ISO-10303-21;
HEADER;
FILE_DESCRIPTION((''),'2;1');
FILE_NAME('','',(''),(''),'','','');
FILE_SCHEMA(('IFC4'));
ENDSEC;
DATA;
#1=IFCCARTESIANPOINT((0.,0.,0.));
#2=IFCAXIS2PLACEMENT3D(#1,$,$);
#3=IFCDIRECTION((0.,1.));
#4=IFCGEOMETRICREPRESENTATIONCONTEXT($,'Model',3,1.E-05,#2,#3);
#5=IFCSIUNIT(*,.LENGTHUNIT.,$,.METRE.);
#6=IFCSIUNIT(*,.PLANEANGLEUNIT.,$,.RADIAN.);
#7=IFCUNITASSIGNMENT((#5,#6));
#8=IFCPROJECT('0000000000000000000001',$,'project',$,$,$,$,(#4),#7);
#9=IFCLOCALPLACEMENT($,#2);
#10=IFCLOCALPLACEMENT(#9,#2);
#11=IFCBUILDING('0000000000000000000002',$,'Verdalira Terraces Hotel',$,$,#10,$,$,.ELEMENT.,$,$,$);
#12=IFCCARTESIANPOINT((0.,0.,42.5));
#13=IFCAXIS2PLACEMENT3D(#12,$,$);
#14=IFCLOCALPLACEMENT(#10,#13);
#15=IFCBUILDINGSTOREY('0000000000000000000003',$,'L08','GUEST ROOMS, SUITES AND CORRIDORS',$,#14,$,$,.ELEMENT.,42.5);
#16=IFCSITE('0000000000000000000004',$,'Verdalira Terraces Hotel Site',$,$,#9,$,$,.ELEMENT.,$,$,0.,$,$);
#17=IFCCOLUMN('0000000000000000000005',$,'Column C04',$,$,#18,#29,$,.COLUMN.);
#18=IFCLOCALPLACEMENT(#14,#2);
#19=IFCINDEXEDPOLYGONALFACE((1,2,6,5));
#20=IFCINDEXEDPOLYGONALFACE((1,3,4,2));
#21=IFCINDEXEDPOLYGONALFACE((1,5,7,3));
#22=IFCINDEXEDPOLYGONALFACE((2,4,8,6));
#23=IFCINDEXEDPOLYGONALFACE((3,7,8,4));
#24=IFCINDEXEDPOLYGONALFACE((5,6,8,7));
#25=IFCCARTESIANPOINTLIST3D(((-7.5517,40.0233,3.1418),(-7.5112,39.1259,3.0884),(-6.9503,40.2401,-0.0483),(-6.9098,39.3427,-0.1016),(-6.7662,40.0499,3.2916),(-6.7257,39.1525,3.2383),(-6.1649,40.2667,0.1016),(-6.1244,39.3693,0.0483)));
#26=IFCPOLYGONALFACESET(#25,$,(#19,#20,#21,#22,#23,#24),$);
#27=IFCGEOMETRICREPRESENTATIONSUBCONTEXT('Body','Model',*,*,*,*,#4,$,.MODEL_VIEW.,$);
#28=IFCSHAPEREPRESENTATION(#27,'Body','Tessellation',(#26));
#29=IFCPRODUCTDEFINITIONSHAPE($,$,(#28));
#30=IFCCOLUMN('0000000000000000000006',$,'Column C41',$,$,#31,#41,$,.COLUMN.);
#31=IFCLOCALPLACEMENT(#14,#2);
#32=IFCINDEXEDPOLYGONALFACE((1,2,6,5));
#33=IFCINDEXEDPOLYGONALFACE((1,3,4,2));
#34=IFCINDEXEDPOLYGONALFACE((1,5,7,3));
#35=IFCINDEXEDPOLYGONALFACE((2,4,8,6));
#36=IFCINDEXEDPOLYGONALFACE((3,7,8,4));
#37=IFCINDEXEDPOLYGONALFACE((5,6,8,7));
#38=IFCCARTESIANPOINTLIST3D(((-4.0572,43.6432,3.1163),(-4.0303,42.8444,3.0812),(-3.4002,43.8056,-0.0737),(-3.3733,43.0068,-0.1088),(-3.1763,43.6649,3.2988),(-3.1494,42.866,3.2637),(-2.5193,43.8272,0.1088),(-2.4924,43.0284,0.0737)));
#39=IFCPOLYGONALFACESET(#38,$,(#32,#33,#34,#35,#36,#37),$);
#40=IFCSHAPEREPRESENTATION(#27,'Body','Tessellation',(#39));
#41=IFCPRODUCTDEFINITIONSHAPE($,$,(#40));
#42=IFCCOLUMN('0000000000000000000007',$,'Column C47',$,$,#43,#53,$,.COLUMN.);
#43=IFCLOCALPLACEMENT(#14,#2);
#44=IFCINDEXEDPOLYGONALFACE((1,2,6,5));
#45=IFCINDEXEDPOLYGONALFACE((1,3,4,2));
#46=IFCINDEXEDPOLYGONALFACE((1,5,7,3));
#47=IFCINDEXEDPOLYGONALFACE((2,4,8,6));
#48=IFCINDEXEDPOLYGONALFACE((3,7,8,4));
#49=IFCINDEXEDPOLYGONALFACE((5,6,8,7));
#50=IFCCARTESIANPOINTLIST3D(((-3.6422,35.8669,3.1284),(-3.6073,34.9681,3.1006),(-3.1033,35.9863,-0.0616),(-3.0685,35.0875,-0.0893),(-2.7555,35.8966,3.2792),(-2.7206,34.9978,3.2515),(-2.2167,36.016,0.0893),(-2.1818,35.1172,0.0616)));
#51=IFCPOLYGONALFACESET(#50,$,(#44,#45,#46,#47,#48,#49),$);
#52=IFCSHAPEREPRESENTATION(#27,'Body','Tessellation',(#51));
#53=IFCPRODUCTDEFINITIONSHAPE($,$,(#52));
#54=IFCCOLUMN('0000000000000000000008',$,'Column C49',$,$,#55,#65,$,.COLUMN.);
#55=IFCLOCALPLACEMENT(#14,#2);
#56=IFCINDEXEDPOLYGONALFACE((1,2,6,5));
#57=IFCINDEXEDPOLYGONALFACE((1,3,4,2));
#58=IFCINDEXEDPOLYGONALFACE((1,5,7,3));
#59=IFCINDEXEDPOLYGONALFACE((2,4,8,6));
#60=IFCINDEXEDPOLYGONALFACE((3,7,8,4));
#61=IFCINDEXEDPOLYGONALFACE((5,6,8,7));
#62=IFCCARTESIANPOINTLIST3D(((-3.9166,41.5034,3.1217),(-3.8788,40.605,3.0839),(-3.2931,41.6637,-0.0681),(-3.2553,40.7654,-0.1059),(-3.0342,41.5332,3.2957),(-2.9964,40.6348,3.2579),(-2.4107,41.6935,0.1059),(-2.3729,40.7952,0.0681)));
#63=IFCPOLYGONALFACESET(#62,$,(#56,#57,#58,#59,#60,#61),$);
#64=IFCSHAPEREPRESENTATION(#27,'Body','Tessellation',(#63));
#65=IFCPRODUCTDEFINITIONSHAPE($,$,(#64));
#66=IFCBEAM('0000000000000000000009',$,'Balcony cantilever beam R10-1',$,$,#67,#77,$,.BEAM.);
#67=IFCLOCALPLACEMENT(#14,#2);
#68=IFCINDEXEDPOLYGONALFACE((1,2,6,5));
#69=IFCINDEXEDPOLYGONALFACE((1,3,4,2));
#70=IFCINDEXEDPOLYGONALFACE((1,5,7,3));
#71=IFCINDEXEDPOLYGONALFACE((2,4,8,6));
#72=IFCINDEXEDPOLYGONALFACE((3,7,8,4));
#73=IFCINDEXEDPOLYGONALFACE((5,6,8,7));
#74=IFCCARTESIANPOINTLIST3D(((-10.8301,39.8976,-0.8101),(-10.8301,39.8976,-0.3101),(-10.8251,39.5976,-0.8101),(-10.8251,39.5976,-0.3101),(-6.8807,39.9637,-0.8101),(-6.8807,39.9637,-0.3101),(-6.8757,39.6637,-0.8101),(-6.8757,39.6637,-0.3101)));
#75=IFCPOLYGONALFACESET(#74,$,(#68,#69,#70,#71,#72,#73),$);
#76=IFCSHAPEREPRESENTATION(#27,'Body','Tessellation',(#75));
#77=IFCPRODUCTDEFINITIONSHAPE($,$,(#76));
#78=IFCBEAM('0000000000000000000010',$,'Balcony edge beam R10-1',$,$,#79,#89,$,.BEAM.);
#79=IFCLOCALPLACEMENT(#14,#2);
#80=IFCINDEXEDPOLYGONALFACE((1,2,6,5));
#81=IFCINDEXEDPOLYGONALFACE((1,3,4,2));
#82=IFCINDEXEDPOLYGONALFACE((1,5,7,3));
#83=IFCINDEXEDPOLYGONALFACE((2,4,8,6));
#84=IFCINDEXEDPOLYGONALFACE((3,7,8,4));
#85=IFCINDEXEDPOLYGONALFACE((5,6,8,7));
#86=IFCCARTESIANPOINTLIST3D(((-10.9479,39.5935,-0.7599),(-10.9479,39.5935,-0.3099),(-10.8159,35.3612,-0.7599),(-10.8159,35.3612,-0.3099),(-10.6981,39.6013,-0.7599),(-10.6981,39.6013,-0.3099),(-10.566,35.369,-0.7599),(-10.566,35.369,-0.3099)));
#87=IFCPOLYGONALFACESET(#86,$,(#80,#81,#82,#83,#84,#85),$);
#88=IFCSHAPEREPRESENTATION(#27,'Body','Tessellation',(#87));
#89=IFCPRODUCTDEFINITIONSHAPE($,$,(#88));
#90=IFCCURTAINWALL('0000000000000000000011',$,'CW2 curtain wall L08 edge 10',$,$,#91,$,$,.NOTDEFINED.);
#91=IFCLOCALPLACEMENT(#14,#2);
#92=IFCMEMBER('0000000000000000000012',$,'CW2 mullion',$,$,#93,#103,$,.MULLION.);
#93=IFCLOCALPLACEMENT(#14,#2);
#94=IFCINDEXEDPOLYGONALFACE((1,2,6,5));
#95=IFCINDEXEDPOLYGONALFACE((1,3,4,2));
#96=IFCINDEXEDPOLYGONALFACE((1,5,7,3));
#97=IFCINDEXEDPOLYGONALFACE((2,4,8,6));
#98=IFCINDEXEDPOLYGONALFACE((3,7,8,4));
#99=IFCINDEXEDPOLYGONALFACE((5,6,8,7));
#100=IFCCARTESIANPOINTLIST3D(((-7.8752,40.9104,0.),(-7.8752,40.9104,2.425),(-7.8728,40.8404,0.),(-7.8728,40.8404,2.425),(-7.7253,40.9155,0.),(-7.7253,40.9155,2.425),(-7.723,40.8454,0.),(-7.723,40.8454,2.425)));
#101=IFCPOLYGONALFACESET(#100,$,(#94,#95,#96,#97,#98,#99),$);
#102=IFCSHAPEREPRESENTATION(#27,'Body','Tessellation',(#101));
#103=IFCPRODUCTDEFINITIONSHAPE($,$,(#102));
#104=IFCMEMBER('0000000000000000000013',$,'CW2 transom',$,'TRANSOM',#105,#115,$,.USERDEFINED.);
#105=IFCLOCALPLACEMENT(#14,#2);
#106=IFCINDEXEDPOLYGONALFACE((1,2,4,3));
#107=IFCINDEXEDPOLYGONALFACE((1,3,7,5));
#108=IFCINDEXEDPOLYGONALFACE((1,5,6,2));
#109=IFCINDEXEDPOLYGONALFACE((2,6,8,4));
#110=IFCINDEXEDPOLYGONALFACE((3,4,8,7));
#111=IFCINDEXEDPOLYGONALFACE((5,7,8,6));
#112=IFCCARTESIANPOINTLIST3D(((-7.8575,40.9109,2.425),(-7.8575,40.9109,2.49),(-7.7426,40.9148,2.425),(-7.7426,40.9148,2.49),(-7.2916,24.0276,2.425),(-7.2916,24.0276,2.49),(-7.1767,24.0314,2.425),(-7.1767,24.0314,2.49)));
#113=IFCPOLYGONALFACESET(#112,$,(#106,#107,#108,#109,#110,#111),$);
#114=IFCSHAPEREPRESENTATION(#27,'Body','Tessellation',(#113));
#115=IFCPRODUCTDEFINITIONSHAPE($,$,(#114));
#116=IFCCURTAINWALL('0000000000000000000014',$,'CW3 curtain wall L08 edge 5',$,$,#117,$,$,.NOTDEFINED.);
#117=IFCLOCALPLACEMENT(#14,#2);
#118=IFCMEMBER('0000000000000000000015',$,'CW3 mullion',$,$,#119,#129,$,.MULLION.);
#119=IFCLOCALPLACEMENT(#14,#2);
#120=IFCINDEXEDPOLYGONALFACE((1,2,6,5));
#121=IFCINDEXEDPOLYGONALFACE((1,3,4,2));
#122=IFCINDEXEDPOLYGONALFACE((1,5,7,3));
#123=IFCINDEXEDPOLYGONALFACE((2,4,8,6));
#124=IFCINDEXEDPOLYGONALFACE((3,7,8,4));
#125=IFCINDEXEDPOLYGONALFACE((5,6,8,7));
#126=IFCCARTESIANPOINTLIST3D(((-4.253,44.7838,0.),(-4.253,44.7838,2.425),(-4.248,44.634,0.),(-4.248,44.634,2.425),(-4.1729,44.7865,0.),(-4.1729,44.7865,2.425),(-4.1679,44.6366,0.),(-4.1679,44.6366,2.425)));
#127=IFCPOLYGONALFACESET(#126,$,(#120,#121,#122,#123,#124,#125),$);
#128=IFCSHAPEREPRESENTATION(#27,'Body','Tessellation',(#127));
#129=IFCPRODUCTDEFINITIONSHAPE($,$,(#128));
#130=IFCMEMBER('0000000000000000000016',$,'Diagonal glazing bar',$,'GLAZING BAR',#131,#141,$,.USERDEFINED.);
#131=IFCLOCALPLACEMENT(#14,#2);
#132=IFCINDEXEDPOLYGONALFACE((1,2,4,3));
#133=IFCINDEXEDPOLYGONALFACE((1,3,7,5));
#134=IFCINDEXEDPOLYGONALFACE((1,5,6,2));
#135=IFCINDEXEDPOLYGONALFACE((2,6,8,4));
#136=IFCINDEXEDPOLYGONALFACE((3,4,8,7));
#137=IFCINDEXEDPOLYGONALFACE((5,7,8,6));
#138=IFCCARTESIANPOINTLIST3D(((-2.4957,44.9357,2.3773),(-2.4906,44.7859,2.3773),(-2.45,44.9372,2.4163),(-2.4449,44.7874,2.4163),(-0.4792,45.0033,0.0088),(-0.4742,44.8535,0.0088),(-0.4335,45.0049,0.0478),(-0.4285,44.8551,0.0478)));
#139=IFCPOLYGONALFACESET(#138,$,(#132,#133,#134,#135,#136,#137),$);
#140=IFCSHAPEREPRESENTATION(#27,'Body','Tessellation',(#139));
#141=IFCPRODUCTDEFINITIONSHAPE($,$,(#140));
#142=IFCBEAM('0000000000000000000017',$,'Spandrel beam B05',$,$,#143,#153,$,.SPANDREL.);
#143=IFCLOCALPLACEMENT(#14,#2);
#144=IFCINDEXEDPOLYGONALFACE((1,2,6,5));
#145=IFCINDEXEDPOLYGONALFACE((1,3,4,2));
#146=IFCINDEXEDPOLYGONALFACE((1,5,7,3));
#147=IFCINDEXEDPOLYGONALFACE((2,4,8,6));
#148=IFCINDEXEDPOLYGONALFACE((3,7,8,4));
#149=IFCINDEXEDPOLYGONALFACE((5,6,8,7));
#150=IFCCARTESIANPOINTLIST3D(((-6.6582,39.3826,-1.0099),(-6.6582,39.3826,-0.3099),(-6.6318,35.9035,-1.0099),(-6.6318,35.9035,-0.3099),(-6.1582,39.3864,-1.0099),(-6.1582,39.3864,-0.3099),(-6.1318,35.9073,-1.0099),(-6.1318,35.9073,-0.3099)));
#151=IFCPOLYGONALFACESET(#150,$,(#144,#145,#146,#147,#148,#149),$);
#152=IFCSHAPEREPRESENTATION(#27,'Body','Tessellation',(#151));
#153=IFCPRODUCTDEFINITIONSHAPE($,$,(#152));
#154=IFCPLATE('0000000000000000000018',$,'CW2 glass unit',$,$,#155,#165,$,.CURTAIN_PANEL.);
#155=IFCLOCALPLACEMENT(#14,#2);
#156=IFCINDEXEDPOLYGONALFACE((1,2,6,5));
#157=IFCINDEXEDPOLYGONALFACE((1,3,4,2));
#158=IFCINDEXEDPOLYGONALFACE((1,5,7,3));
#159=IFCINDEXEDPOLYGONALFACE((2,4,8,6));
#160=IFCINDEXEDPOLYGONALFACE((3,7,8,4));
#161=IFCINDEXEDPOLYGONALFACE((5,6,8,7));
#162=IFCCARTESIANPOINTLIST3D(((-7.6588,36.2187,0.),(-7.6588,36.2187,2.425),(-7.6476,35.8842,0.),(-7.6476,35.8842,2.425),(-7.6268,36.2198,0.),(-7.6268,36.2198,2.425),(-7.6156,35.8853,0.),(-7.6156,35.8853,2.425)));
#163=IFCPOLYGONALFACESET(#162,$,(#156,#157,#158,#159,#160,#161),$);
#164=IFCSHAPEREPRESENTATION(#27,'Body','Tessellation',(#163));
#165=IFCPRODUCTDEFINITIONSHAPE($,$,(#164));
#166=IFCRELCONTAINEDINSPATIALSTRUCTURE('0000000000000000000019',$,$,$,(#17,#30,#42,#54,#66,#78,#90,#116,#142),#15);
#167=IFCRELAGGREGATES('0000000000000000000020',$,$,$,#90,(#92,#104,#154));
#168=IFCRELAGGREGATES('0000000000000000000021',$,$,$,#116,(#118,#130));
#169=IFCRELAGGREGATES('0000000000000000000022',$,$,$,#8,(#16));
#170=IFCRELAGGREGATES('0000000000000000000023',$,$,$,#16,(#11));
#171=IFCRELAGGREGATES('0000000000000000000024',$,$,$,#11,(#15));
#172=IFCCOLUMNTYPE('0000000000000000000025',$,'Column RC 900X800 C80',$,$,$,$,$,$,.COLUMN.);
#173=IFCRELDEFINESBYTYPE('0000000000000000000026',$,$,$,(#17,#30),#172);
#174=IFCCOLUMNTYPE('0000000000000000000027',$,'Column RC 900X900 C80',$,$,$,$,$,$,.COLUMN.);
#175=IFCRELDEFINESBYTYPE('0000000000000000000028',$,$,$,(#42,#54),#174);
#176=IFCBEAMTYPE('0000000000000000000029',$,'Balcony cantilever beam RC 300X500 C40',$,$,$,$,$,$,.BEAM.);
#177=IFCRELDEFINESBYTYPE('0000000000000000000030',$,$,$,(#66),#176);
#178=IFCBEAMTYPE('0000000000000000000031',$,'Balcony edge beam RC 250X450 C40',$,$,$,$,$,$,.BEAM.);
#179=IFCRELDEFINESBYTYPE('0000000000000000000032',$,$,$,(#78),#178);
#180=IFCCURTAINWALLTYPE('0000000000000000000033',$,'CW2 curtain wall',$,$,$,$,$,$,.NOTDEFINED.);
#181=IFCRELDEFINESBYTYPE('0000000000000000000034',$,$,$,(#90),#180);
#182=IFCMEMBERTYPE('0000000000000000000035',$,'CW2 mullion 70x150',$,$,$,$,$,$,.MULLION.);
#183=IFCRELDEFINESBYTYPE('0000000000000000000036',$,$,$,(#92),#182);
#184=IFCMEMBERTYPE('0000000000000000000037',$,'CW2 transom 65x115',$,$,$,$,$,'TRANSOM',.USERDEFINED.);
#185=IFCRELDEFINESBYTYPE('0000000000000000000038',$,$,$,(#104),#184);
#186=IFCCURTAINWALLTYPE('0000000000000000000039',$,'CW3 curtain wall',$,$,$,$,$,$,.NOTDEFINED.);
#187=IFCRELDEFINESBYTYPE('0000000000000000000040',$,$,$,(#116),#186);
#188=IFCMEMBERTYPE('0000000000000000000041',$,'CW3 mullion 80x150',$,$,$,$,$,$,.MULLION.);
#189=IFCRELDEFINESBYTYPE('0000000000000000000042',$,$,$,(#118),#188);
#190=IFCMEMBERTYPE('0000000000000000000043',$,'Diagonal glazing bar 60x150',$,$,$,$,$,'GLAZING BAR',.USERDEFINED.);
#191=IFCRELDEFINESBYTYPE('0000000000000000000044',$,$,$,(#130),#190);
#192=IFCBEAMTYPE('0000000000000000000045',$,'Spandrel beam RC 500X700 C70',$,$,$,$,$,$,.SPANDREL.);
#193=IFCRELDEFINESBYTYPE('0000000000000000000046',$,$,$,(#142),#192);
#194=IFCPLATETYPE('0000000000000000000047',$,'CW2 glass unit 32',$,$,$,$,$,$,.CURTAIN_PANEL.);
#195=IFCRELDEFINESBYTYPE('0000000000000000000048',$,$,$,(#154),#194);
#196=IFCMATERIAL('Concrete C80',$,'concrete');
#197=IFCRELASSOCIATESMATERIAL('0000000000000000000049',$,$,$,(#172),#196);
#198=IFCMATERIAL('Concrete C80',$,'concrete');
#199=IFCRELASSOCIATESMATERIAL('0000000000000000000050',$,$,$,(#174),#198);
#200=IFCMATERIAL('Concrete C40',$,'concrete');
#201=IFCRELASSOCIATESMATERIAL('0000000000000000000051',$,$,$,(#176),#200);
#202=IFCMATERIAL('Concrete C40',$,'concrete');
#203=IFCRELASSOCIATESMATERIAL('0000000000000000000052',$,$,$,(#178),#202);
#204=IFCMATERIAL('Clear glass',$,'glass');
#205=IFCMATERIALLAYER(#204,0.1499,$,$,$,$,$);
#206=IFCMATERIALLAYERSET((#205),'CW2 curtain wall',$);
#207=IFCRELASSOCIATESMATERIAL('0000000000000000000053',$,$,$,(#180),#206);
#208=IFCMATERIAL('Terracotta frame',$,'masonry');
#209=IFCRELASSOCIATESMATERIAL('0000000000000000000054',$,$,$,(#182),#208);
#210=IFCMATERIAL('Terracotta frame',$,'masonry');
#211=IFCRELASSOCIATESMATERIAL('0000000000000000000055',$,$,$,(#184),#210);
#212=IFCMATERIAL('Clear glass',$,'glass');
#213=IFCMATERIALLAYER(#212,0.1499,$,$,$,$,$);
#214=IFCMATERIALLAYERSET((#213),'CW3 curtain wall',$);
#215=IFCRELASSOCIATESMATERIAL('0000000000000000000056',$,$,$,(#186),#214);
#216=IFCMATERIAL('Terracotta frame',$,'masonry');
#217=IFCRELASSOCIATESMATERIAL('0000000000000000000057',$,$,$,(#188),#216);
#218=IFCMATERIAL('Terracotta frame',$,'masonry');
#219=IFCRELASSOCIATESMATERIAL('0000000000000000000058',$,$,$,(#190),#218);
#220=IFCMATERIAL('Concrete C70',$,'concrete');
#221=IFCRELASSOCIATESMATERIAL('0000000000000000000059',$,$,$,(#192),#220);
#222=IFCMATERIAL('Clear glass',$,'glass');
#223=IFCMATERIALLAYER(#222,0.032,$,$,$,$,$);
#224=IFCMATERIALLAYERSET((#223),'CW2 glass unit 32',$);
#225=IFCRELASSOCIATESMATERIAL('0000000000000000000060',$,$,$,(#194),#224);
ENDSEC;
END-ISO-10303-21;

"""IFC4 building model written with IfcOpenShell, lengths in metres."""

from ifc_helpers import new_model, si_unit, direction, frame, origin, origin_2d, place, context, subcontext, project, spatial, rectangle, extrude, material, layer, layer_set, material_profile, profile_set, type_object, element, aggregate, save


model = new_model("IFC4")

# Units and contexts
model_context = context("Model", 3, precision=1e-05, world=origin(), true_north=direction((0.0, 1.0)))
body_context = subcontext(model_context, "Body", "Model", "MODEL_VIEW")
ifc_project = project(units=[si_unit("LENGTHUNIT", "METRE"), si_unit("PLANEANGLEUNIT", "RADIAN")], contexts=[model_context])

# Site, building, storey
site_placement = place(None, origin())
site = spatial("IfcSite", under=ifc_project, at=site_placement, Name="Verdalira Terraces Hotel Site", CompositionType="ELEMENT", RefElevation=0.0)
building_placement = place(site_placement, origin())
building = spatial("IfcBuilding", under=site, at=building_placement, Name="Verdalira Terraces Hotel", CompositionType="ELEMENT")
storey_placement = place(building_placement, frame((0.0, 0.0, 42.5)))
storey = spatial("IfcBuildingStorey", under=building, at=storey_placement, Name="L08", Description="GUEST ROOMS, SUITES AND CORRIDORS", CompositionType="ELEMENT", Elevation=42.5)

# Columns
ifc_material_1 = material(Name="Concrete C80", Category="concrete")
ifc_material_profile_1 = material_profile(ifc_material_1, rectangle(XDim=0.8999, YDim=0.8, at=origin_2d()), Name="RC 900X800")
ifc_profile_set_1 = profile_set([ifc_material_profile_1], Name="Concrete C80")
column_type_1 = type_object("IfcColumnType", Name="Column RC 900X800 C80", PredefinedType="COLUMN", material=ifc_profile_set_1)
column_1_placement = place(storey_placement, frame((-6.5374, 39.8047, 0.0), z_axis=(-0.18483, -0.066638, 0.980509), x_axis=(0.045003, -0.997226, -0.059291)))
element("IfcColumn", 1, at=column_1_placement, inside=storey, type_object=column_type_1, Name="Column C04", PredefinedType="COLUMN", context=body_context, shape_type="SweptSolid", body=[
    extrude(rectangle(XDim=0.8999, YDim=0.8, at=origin_2d()), origin(), (0.0, 0.0, 1.0), 3.2534),
])
column_2_placement = place(storey_placement, frame((-2.9463, 43.417, 0.0), z_axis=(-0.20147, -0.049787, 0.978228), x_axis=(-0.978918, -0.024026, -0.202835)))
element("IfcColumn", 2, at=column_2_placement, inside=storey, type_object=column_type_1, Name="Column C41", PredefinedType="COLUMN", context=body_context, shape_type="SweptSolid", body=[
    extrude(rectangle(XDim=0.8999, YDim=0.8, at=origin_2d()), origin(), (0.0, 0.0, 1.0), 3.261),
])
ifc_material_2 = material(Name="Concrete C80", Category="concrete")
ifc_material_profile_2 = material_profile(ifc_material_2, rectangle(XDim=0.8999, YDim=0.8999, at=origin_2d()), Name="RC 900X900")
ifc_profile_set_2 = profile_set([ifc_material_profile_2], Name="Concrete C80")
column_type_2 = type_object("IfcColumnType", Name="Column RC 900X900 C80", PredefinedType="COLUMN", material=ifc_profile_set_2)
column_3_placement = place(storey_placement, frame((-2.6426, 35.5518, 0.0), z_axis=(-0.166439, -0.036878, 0.985362), x_axis=(-0.038728, 0.998774, 0.030838)))
element("IfcColumn", 3, at=column_3_placement, inside=storey, type_object=column_type_2, Name="Column C47", PredefinedType="COLUMN", context=body_context, shape_type="SweptSolid", body=[
    extrude(rectangle(XDim=0.8999, YDim=0.8999, at=origin_2d()), origin(), (0.0, 0.0, 1.0), 3.2373),
])
column_4_placement = place(storey_placement, frame((-2.833, 41.2295, 0.0), z_axis=(-0.191605, -0.049289, 0.980234), x_axis=(-0.041988, 0.998235, 0.041987)))
element("IfcColumn", 4, at=column_4_placement, inside=storey, type_object=column_type_2, Name="Column C49", PredefinedType="COLUMN", context=body_context, shape_type="SweptSolid", body=[
    extrude(rectangle(XDim=0.8999, YDim=0.8999, at=origin_2d()), origin(), (0.0, 0.0, 1.0), 3.2542),
])

# Beams
ifc_material_3 = material(Name="Concrete C40", Category="concrete")
ifc_material_profile_3 = material_profile(ifc_material_3, rectangle(XDim=0.3, YDim=0.5, at=origin_2d()), Name="RC 300X500")
ifc_profile_set_3 = profile_set([ifc_material_profile_3], Name="Concrete C40")
beam_type_1 = type_object("IfcBeamType", Name="Balcony cantilever beam RC 300X500 C40", PredefinedType="BEAM", material=ifc_profile_set_3)
beam_1_placement = place(storey_placement, frame((-6.8782, 39.8137, -0.5601), z_axis=(-0.99986, -0.01675, 0.0), x_axis=(0.01675, -0.99986, 0.0)))
element("IfcBeam", 5, at=beam_1_placement, inside=storey, type_object=beam_type_1, Name="Balcony cantilever beam R10-1", PredefinedType="BEAM", context=body_context, shape_type="SweptSolid", body=[
    extrude(rectangle(XDim=0.3, YDim=0.5, at=origin_2d()), origin(), (0.0, 0.0, 1.0), 3.95),
])
ifc_material_4 = material(Name="Concrete C40", Category="concrete")
ifc_material_profile_4 = material_profile(ifc_material_4, rectangle(XDim=0.25, YDim=0.45, at=origin_2d()), Name="RC 250X450")
ifc_profile_set_4 = profile_set([ifc_material_profile_4], Name="Concrete C40")
beam_type_2 = type_object("IfcBeamType", Name="Balcony edge beam RC 250X450 C40", PredefinedType="BEAM", material=ifc_profile_set_4)
beam_2_placement = place(storey_placement, frame((-10.823, 39.5974, -0.5349), z_axis=(0.031192, -0.999513, 0.0), x_axis=(0.999513, 0.031192, 0.0)))
element("IfcBeam", 6, at=beam_2_placement, inside=storey, type_object=beam_type_2, Name="Balcony edge beam R10-1", PredefinedType="BEAM", context=body_context, shape_type="SweptSolid", body=[
    extrude(rectangle(XDim=0.25, YDim=0.45, at=origin_2d()), origin(), (0.0, 0.0, 1.0), 4.2344),
])

# Curtain walls, members
ifc_material_5 = material(Name="Clear glass", Category="glass")
ifc_layer_1 = layer(ifc_material_5, 0.1499)
ifc_layer_set_1 = layer_set([ifc_layer_1], Name="CW2 curtain wall")
curtain_wall_type_1 = type_object("IfcCurtainWallType", Name="CW2 curtain wall", PredefinedType="NOTDEFINED", material=ifc_layer_set_1)
curtain_wall_1_placement = place(storey_placement, origin())
curtain_wall_1 = element("IfcCurtainWall", 7, at=curtain_wall_1_placement, inside=storey, type_object=curtain_wall_type_1, Name="CW2 curtain wall L08 edge 10", PredefinedType="NOTDEFINED")
ifc_material_6 = material(Name="Terracotta frame", Category="masonry")
ifc_material_profile_5 = material_profile(ifc_material_6, rectangle(XDim=0.0701, YDim=0.1499, at=origin_2d()), Name="MU 70x150")
ifc_profile_set_5 = profile_set([ifc_material_profile_5], Name="Terracotta frame")
member_type_1 = type_object("IfcMemberType", Name="CW2 mullion 70x150", PredefinedType="MULLION", material=ifc_profile_set_5)
member_1_placement = place(storey_placement, frame((-7.7991, 40.8779, 0.0), z_axis=(0.0, 0.0, 1.0), x_axis=(0.033504, -0.999439, 0.0)))
member_1 = element("IfcMember", 8, at=member_1_placement, type_object=member_type_1, Name="CW2 mullion", PredefinedType="MULLION", context=body_context, shape_type="SweptSolid", body=[
    extrude(rectangle(XDim=0.0701, YDim=0.1499, at=origin_2d()), origin(), (0.0, 0.0, 1.0), 2.425),
])
ifc_material_7 = material(Name="Terracotta frame", Category="masonry")
ifc_material_profile_6 = material_profile(ifc_material_7, rectangle(XDim=0.115, YDim=0.0649, at=origin_2d()), Name="TR 65x115")
ifc_profile_set_6 = profile_set([ifc_material_profile_6], Name="Terracotta frame")
member_type_2 = type_object("IfcMemberType", Name="CW2 transom 65x115", ElementType="TRANSOM", PredefinedType="USERDEFINED", material=ifc_profile_set_6)
member_2_placement = place(storey_placement, frame((-7.8, 40.9128, 2.4575), z_axis=(0.033501, -0.999439, 0.0), x_axis=(0.999439, 0.033501, 0.0)))
member_2 = element("IfcMember", 9, at=member_2_placement, type_object=member_type_2, Name="CW2 transom", ObjectType="TRANSOM", PredefinedType="USERDEFINED", context=body_context, shape_type="SweptSolid", body=[
    extrude(rectangle(XDim=0.115, YDim=0.0649, at=origin_2d()), origin(), (0.0, 0.0, 1.0), 16.8928),
])
ifc_material_8 = material(Name="Clear glass", Category="glass")
ifc_layer_2 = layer(ifc_material_8, 0.1499)
ifc_layer_set_2 = layer_set([ifc_layer_2], Name="CW3 curtain wall")
curtain_wall_type_2 = type_object("IfcCurtainWallType", Name="CW3 curtain wall", PredefinedType="NOTDEFINED", material=ifc_layer_set_2)
curtain_wall_2_placement = place(storey_placement, origin())
curtain_wall_2 = element("IfcCurtainWall", 10, at=curtain_wall_2_placement, inside=storey, type_object=curtain_wall_type_2, Name="CW3 curtain wall L08 edge 5", PredefinedType="NOTDEFINED")
ifc_material_9 = material(Name="Terracotta frame", Category="masonry")
ifc_material_profile_7 = material_profile(ifc_material_9, rectangle(XDim=0.0801, YDim=0.1499, at=origin_2d()), Name="MU 80x150")
ifc_profile_set_7 = profile_set([ifc_material_profile_7], Name="Terracotta frame")
member_type_3 = type_object("IfcMemberType", Name="CW3 mullion 80x150", PredefinedType="MULLION", material=ifc_profile_set_7)
member_3_placement = place(storey_placement, frame((-4.2104, 44.7102, 0.0), z_axis=(0.0, 0.0, 1.0), x_axis=(-0.999439, -0.033504, 0.0)))
member_3 = element("IfcMember", 11, at=member_3_placement, type_object=member_type_3, Name="CW3 mullion", PredefinedType="MULLION", context=body_context, shape_type="SweptSolid", body=[
    extrude(rectangle(XDim=0.0801, YDim=0.1499, at=origin_2d()), origin(), (0.0, 0.0, 1.0), 2.425),
])
ifc_material_10 = material(Name="Terracotta frame", Category="masonry")
ifc_material_profile_8 = material_profile(ifc_material_10, rectangle(XDim=0.1499, YDim=0.0601, at=origin_2d()), Name="GB 60x150")
ifc_profile_set_8 = profile_set([ifc_material_profile_8], Name="Terracotta frame")
member_type_4 = type_object("IfcMemberType", Name="Diagonal glazing bar 60x150", ElementType="GLAZING BAR", PredefinedType="USERDEFINED", material=ifc_profile_set_8)
member_4_placement = place(storey_placement, frame((-0.4539, 44.9292, 0.0283), z_axis=(-0.648094, -0.021737, 0.76125), x_axis=(0.03352, -0.999438, 0.0)))
member_4 = element("IfcMember", 12, at=member_4_placement, type_object=member_type_4, Name="Diagonal glazing bar", ObjectType="GLAZING BAR", PredefinedType="USERDEFINED", context=body_context, shape_type="SweptSolid", body=[
    extrude(rectangle(XDim=0.1499, YDim=0.0601, at=origin_2d()), origin(), (0.0, 0.0, 1.0), 3.1113),
])

# Beam
ifc_material_11 = material(Name="Concrete C70", Category="concrete")
ifc_material_profile_9 = material_profile(ifc_material_11, rectangle(XDim=0.5, YDim=0.7, at=origin_2d()), Name="RC 500X700")
ifc_profile_set_9 = profile_set([ifc_material_profile_9], Name="Concrete C70")
beam_type_3 = type_object("IfcBeamType", Name="Spandrel beam RC 500X700 C70", PredefinedType="SPANDREL", material=ifc_profile_set_9)
beam_3_placement = place(storey_placement, frame((-6.4082, 39.3845, -0.6599), z_axis=(0.007578, -0.999971, 0.0), x_axis=(0.999971, 0.007578, 0.0)))
element("IfcBeam", 13, at=beam_3_placement, inside=storey, type_object=beam_type_3, Name="Spandrel beam B05", PredefinedType="SPANDREL", context=body_context, shape_type="SweptSolid", body=[
    extrude(rectangle(XDim=0.5, YDim=0.7, at=origin_2d()), origin(), (0.0, 0.0, 1.0), 3.4792),
])

# Plate
ifc_material_12 = material(Name="Clear glass", Category="glass")
ifc_layer_3 = layer(ifc_material_12, 0.032)
ifc_layer_set_3 = layer_set([ifc_layer_3], Name="CW2 glass unit 32")
plate_type_1 = type_object("IfcPlateType", Name="CW2 glass unit 32", PredefinedType="CURTAIN_PANEL", material=ifc_layer_set_3)
plate_1_placement = place(storey_placement, frame((-7.6372, 36.052, 0.0), z_axis=(0.0, 0.0, 1.0), x_axis=(0.033504, -0.999439, 0.0)))
plate_1 = element("IfcPlate", 14, at=plate_1_placement, type_object=plate_type_1, Name="CW2 glass unit", PredefinedType="CURTAIN_PANEL", context=body_context, shape_type="SweptSolid", body=[
    extrude(rectangle(XDim=0.3347, YDim=0.032, at=origin_2d()), origin(), (0.0, 0.0, 1.0), 2.425),
])
aggregate(curtain_wall_1, [member_1, member_2, plate_1])
aggregate(curtain_wall_2, [member_3, member_4])

save(model, "model.ifc")
